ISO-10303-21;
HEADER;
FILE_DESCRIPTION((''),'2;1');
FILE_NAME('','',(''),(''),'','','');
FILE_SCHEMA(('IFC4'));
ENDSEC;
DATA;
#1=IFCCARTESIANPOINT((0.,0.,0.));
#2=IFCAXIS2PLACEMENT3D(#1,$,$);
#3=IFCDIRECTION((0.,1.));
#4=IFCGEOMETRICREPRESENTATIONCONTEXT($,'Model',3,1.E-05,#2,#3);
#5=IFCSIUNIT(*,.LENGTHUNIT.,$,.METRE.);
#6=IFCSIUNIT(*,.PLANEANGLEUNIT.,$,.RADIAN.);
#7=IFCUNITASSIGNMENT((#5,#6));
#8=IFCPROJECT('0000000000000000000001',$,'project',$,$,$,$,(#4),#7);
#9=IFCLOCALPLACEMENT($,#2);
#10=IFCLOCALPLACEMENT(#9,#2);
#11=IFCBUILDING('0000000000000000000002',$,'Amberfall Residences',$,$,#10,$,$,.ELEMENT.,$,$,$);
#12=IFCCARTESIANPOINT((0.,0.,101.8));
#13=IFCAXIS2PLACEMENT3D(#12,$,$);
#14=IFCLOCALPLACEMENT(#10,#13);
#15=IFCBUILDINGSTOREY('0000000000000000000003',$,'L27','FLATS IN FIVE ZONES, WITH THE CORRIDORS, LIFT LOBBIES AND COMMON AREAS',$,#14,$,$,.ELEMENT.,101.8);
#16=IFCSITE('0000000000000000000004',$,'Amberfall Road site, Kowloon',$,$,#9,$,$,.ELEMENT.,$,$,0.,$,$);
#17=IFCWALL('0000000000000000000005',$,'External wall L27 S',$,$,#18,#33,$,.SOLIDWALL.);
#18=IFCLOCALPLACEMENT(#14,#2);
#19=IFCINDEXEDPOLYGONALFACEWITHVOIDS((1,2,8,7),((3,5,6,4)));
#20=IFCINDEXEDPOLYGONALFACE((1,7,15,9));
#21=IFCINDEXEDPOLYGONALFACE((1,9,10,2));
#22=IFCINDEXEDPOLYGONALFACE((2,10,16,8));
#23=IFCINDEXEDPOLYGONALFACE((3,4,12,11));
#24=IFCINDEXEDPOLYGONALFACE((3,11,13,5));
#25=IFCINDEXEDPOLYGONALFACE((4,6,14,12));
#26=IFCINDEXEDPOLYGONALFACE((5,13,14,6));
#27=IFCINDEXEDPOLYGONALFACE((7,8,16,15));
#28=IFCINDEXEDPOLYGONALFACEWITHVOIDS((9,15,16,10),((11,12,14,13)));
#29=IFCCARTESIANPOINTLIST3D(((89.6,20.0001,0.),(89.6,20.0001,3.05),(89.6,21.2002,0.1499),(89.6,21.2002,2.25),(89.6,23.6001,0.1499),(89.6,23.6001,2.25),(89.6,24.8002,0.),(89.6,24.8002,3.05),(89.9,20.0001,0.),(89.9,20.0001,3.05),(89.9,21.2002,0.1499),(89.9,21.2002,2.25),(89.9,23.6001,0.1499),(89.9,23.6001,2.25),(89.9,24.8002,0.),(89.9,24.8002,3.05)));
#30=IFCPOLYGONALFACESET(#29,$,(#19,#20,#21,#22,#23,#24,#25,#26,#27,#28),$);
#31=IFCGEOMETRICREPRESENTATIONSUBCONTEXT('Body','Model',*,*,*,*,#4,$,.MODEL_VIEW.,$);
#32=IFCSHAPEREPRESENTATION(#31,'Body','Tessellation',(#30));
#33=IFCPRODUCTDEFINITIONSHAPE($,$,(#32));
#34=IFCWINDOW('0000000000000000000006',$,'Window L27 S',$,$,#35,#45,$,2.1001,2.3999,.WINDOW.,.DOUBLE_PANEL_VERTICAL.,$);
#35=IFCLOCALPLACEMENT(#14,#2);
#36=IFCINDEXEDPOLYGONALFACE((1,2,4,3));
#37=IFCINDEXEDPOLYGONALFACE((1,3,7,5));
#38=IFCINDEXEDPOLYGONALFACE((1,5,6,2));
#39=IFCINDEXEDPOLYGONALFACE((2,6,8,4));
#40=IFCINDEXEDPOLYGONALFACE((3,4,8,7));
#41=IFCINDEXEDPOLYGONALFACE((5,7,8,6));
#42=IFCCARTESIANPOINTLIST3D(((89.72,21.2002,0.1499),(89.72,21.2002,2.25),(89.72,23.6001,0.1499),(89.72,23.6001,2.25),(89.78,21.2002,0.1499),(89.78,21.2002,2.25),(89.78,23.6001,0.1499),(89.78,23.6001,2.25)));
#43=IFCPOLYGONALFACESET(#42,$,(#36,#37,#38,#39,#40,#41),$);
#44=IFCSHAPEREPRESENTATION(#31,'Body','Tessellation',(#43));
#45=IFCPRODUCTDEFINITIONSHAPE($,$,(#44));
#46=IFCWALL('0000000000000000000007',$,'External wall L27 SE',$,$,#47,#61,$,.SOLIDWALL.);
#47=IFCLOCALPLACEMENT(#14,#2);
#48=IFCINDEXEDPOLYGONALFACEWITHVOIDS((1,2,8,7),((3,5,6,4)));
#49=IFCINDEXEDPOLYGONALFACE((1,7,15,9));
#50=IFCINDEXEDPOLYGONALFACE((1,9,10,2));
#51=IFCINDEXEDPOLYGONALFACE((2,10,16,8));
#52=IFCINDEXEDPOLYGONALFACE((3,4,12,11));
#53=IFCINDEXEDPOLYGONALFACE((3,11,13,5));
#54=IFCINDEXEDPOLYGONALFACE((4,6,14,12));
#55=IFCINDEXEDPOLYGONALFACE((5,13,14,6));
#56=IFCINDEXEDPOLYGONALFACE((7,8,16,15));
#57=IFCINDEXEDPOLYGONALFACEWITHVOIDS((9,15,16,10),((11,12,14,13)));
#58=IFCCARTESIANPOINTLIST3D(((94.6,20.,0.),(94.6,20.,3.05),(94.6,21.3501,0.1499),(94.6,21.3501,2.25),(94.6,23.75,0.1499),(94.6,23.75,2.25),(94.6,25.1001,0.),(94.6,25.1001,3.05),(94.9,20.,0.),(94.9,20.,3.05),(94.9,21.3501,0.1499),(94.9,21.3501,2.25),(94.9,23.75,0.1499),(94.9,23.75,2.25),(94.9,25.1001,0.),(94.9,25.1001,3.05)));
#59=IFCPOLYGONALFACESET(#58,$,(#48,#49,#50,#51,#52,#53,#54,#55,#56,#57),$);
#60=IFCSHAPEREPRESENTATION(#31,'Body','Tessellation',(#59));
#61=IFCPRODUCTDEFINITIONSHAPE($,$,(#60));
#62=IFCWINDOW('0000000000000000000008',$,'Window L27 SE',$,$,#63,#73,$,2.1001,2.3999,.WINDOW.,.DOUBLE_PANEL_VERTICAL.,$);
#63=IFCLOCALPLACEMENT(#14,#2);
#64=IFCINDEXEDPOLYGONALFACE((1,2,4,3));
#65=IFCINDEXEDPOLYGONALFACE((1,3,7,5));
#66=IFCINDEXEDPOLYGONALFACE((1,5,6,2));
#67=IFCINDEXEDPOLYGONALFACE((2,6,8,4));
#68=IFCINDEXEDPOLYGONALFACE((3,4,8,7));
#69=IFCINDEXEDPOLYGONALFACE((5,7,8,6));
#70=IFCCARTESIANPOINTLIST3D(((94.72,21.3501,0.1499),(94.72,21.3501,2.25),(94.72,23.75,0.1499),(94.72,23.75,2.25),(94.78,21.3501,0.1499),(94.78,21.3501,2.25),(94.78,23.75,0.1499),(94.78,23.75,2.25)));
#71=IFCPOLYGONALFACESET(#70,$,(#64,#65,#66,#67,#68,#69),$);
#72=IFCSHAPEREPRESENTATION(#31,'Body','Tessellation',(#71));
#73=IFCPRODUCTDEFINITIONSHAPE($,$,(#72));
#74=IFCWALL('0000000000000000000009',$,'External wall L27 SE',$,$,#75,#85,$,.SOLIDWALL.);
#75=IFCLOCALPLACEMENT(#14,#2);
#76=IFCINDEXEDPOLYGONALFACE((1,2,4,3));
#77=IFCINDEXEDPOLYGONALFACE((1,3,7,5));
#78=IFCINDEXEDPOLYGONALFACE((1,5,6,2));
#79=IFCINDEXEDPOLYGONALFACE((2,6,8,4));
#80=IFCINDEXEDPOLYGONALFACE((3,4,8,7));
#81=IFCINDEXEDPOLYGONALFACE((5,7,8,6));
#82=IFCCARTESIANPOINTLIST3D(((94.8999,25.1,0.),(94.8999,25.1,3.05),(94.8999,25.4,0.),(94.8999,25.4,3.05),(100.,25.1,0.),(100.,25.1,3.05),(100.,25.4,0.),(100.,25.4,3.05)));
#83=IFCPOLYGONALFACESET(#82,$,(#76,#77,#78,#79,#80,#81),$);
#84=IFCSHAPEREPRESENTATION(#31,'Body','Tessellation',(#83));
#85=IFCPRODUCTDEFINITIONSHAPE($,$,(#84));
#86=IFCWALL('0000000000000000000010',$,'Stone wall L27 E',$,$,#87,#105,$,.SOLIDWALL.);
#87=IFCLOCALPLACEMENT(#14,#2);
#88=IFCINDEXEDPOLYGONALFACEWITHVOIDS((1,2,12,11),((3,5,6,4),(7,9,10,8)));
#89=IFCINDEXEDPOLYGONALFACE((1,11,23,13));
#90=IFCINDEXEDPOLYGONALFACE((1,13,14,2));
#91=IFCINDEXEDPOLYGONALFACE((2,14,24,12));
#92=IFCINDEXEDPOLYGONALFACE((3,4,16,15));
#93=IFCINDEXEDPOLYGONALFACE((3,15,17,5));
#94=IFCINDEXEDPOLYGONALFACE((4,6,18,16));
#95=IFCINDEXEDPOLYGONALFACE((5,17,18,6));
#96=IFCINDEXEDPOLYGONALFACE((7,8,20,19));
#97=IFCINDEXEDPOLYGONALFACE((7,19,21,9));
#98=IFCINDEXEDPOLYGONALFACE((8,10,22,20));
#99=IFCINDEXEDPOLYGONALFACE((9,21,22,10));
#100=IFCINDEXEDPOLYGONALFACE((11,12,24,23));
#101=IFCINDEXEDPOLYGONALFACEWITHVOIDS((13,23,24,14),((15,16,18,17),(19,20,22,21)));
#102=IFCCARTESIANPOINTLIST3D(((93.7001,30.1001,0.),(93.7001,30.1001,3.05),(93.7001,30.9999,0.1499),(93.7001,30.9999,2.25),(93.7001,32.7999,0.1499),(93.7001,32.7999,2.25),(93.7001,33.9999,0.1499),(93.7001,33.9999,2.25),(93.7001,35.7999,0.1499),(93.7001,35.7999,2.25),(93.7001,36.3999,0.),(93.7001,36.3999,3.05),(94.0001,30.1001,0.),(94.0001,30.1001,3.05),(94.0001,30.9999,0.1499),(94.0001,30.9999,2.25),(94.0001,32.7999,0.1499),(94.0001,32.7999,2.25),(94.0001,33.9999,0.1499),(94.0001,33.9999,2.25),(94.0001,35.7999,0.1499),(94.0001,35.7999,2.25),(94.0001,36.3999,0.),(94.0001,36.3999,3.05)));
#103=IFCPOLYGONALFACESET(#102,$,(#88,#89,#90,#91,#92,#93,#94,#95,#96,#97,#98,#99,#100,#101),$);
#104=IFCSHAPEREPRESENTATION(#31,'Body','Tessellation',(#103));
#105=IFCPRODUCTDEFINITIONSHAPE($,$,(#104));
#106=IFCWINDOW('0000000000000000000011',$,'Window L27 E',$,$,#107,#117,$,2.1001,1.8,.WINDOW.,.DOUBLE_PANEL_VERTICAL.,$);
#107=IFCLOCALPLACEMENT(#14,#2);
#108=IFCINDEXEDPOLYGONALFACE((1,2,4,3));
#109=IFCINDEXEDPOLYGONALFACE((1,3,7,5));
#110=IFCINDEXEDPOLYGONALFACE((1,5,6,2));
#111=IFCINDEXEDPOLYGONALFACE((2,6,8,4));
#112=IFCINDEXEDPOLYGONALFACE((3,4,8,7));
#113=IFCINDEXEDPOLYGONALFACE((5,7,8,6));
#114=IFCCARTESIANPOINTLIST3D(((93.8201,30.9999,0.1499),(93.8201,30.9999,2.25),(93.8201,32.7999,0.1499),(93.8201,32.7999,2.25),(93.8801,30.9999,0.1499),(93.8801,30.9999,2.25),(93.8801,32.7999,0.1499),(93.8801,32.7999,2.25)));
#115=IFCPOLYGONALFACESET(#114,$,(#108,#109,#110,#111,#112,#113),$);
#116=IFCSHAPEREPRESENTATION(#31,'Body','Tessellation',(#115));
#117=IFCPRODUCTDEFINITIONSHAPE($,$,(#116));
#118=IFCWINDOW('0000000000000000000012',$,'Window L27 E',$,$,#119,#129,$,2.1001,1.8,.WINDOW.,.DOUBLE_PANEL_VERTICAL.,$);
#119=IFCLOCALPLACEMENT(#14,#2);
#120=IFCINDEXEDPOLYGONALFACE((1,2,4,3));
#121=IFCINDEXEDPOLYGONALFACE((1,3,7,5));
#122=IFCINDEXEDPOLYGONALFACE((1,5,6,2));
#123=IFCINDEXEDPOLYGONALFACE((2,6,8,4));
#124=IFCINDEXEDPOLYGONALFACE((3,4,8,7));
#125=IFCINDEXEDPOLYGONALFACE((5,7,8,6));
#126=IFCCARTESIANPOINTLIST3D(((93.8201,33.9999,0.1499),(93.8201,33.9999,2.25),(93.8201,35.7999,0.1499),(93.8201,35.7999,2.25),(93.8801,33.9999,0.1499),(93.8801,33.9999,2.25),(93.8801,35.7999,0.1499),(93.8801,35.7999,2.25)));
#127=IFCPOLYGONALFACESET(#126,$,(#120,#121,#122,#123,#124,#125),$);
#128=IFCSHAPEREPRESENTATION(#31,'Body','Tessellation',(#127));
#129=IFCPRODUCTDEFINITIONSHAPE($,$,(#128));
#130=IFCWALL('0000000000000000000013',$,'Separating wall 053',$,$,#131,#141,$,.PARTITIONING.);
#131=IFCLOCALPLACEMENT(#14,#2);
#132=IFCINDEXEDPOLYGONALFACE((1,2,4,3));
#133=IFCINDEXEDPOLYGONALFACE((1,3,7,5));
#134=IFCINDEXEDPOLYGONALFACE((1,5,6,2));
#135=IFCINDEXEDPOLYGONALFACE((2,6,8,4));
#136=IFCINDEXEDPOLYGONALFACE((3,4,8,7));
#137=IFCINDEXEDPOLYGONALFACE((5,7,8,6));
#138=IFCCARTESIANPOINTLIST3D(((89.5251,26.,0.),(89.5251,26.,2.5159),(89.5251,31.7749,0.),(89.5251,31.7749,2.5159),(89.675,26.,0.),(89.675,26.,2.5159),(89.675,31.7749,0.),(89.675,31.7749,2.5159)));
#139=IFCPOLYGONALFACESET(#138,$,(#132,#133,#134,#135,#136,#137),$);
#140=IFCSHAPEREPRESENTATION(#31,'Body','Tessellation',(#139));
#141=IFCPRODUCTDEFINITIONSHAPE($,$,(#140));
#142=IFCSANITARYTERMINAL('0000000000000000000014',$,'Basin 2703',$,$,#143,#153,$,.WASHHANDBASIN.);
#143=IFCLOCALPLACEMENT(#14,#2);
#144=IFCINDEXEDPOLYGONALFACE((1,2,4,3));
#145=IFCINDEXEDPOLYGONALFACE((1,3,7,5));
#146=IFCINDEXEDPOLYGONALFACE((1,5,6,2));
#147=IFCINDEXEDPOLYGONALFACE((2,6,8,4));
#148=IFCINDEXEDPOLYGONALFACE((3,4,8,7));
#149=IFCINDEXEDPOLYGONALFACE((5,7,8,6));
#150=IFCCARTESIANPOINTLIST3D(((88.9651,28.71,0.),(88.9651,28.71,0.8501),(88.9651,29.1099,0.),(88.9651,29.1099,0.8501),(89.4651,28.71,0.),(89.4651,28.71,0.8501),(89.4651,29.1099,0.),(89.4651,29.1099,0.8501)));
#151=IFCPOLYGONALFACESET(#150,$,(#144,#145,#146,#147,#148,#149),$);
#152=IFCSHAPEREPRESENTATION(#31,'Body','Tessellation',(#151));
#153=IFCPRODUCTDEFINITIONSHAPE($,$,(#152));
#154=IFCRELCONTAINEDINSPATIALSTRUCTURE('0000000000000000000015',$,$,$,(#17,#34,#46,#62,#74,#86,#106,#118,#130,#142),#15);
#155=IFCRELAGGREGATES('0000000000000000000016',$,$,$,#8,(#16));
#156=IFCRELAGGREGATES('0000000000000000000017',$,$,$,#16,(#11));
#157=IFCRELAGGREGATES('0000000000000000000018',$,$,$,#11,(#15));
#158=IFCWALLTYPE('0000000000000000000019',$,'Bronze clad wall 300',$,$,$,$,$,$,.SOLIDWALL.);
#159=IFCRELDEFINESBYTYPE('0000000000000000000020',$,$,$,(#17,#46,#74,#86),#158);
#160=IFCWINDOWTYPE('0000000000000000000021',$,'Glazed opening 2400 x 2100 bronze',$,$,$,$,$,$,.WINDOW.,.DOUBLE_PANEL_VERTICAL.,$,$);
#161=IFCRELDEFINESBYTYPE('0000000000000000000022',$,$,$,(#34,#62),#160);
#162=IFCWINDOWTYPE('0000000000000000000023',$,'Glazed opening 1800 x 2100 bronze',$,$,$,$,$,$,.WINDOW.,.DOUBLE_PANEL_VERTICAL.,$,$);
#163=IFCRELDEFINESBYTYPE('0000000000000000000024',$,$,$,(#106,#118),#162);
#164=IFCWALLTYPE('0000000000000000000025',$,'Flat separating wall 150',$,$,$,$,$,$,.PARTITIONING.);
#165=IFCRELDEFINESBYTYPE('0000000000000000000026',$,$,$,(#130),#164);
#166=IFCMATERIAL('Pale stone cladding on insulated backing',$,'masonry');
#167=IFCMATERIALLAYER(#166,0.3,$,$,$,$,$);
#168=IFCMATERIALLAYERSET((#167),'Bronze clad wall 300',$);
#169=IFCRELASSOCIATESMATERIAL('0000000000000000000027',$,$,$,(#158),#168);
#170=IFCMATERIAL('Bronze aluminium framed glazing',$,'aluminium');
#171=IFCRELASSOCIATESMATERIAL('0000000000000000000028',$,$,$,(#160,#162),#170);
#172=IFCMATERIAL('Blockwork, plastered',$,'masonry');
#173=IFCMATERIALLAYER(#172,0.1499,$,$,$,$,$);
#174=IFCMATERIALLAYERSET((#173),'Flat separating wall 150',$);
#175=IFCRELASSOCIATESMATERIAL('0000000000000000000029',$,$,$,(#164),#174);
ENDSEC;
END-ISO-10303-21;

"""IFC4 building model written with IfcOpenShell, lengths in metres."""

from ifc_helpers import new_model, si_unit, direction, frame, frame_2d, origin, origin_2d, place, context, subcontext, project, spatial, rectangle, extrude, material, layer, layer_set, type_object, element, fill, save


model = new_model("IFC4")

# Units and contexts
model_context = context("Model", 3, precision=1e-05, world=origin(), true_north=direction((0.0, 1.0)))
body_context = subcontext(model_context, "Body", "Model", "MODEL_VIEW")
ifc_project = project(units=[si_unit("LENGTHUNIT", "METRE"), si_unit("PLANEANGLEUNIT", "RADIAN")], contexts=[model_context])

# Site, building, storey
site_placement = place(None, origin())
site = spatial("IfcSite", under=ifc_project, at=site_placement, Name="Amberfall Road site, Kowloon", CompositionType="ELEMENT", RefElevation=0.0)
building_placement = place(site_placement, origin())
building = spatial("IfcBuilding", under=site, at=building_placement, Name="Amberfall Residences", CompositionType="ELEMENT")
storey_placement = place(building_placement, frame((0.0, 0.0, 101.8)))
storey = spatial("IfcBuildingStorey", under=building, at=storey_placement, Name="L27", Description="FLATS IN FIVE ZONES, WITH THE CORRIDORS, LIFT LOBBIES AND COMMON AREAS", CompositionType="ELEMENT", Elevation=101.8)

# Walls, openings, windows
ifc_material_1 = material(Name="Pale stone cladding on insulated backing", Category="masonry")
ifc_layer_1 = layer(ifc_material_1, 0.3)
ifc_layer_set_1 = layer_set([ifc_layer_1], Name="Bronze clad wall 300")
wall_type_1 = type_object("IfcWallType", Name="Bronze clad wall 300", PredefinedType="SOLIDWALL", material=ifc_layer_set_1)
wall_1_placement = place(storey_placement, frame((89.75, 24.8, 0.0), z_axis=(0.0, 0.0, 1.0), x_axis=(0.0, -1.0, 0.0)))
wall_1 = element("IfcWall", 1, at=wall_1_placement, inside=storey, type_object=wall_type_1, Name="External wall L27 S", PredefinedType="SOLIDWALL", context=body_context, shape_type="SweptSolid", body=[
    extrude(rectangle(XDim=4.8, YDim=0.3, at=frame_2d((2.3999, 0.0))), origin(), (0.0, 0.0, 1.0), 3.05),
])
opening_1_placement = place(wall_1_placement, frame((1.2, 0.0, 0.1499)))
opening_1 = element("IfcOpeningElement", 2, at=opening_1_placement, cuts=wall_1, PredefinedType="OPENING", context=body_context, shape_type="SweptSolid", body=[
    extrude(rectangle(XDim=2.3999, YDim=2.1001, at=frame_2d((1.2, 1.05))), frame((0.0, 0.1599, 0.0), z_axis=(0.0, -1.0, 0.0), x_axis=(1.0, 0.0, 0.0)), (0.0, 0.0, 1.0), 0.3201),
])
ifc_material_2 = material(Name="Bronze aluminium framed glazing", Category="aluminium")
window_type_1 = type_object("IfcWindowType", Name="Glazed opening 2400 x 2100 bronze", PartitioningType="DOUBLE_PANEL_VERTICAL", PredefinedType="WINDOW", material=ifc_material_2)
window_1_placement = place(opening_1_placement, origin())
window_1 = element("IfcWindow", 3, at=window_1_placement, inside=storey, type_object=window_type_1, Name="Window L27 S", OverallHeight=2.1001, OverallWidth=2.3999, PartitioningType="DOUBLE_PANEL_VERTICAL", PredefinedType="WINDOW", context=body_context, shape_type="SweptSolid", body=[
    extrude(rectangle(XDim=2.3999, YDim=2.1001, at=frame_2d((1.2, 1.05))), frame((0.0, 0.03, 0.0), z_axis=(0.0, -1.0, 0.0), x_axis=(1.0, 0.0, 0.0)), (0.0, 0.0, 1.0), 0.0601),
])
fill(opening_1, window_1)
wall_2_placement = place(storey_placement, frame((94.75, 20.0, 0.0), z_axis=(0.0, 0.0, 1.0), x_axis=(0.0, 1.0, 0.0)))
wall_2 = element("IfcWall", 4, at=wall_2_placement, inside=storey, type_object=wall_type_1, Name="External wall L27 SE", PredefinedType="SOLIDWALL", context=body_context, shape_type="SweptSolid", body=[
    extrude(rectangle(XDim=5.1001, YDim=0.3, at=frame_2d((2.55, 0.0))), origin(), (0.0, 0.0, 1.0), 3.05),
])
opening_2_placement = place(wall_2_placement, frame((1.3501, 0.0, 0.1499)))
opening_2 = element("IfcOpeningElement", 5, at=opening_2_placement, cuts=wall_2, PredefinedType="OPENING", context=body_context, shape_type="SweptSolid", body=[
    extrude(rectangle(XDim=2.3999, YDim=2.1001, at=frame_2d((1.2, 1.05))), frame((0.0, 0.1599, 0.0), z_axis=(0.0, -1.0, 0.0), x_axis=(1.0, 0.0, 0.0)), (0.0, 0.0, 1.0), 0.3201),
])
window_2_placement = place(opening_2_placement, origin())
window_2 = element("IfcWindow", 6, at=window_2_placement, inside=storey, type_object=window_type_1, Name="Window L27 SE", OverallHeight=2.1001, OverallWidth=2.3999, PartitioningType="DOUBLE_PANEL_VERTICAL", PredefinedType="WINDOW", context=body_context, shape_type="SweptSolid", body=[
    extrude(rectangle(XDim=2.3999, YDim=2.1001, at=frame_2d((1.2, 1.05))), frame((0.0, 0.03, 0.0), z_axis=(0.0, -1.0, 0.0), x_axis=(1.0, 0.0, 0.0)), (0.0, 0.0, 1.0), 0.0601),
])
fill(opening_2, window_2)

# Wall
wall_3_placement = place(storey_placement, frame((94.8999, 25.25, 0.0), z_axis=(0.0, 0.0, 1.0), x_axis=(1.0, 0.0, 0.0)))
element("IfcWall", 7, at=wall_3_placement, inside=storey, type_object=wall_type_1, Name="External wall L27 SE", PredefinedType="SOLIDWALL", context=body_context, shape_type="SweptSolid", body=[
    extrude(rectangle(XDim=5.1001, YDim=0.3, at=frame_2d((2.55, 0.0))), origin(), (0.0, 0.0, 1.0), 3.05),
])

# Wall, openings, windows
wall_4_placement = place(storey_placement, frame((93.8501, 30.1001, 0.0), z_axis=(0.0, 0.0, 1.0), x_axis=(0.0, 1.0, 0.0)))
wall_4 = element("IfcWall", 8, at=wall_4_placement, inside=storey, type_object=wall_type_1, Name="Stone wall L27 E", PredefinedType="SOLIDWALL", context=body_context, shape_type="SweptSolid", body=[
    extrude(rectangle(XDim=6.2998, YDim=0.3, at=frame_2d((3.1499, 0.0))), origin(), (0.0, 0.0, 1.0), 3.05),
])
opening_3_placement = place(wall_4_placement, frame((0.8999, 0.0, 0.1499)))
opening_3 = element("IfcOpeningElement", 9, at=opening_3_placement, cuts=wall_4, PredefinedType="OPENING", context=body_context, shape_type="SweptSolid", body=[
    extrude(rectangle(XDim=1.8, YDim=2.1001, at=frame_2d((0.8999, 1.05))), frame((0.0, 0.1599, 0.0), z_axis=(0.0, -1.0, 0.0), x_axis=(1.0, 0.0, 0.0)), (0.0, 0.0, 1.0), 0.3201),
])
opening_4_placement = place(wall_4_placement, frame((3.8999, 0.0, 0.1499)))
opening_4 = element("IfcOpeningElement", 10, at=opening_4_placement, cuts=wall_4, PredefinedType="OPENING", context=body_context, shape_type="SweptSolid", body=[
    extrude(rectangle(XDim=1.8, YDim=2.1001, at=frame_2d((0.8999, 1.05))), frame((0.0, 0.1599, 0.0), z_axis=(0.0, -1.0, 0.0), x_axis=(1.0, 0.0, 0.0)), (0.0, 0.0, 1.0), 0.3201),
])
window_type_2 = type_object("IfcWindowType", Name="Glazed opening 1800 x 2100 bronze", PartitioningType="DOUBLE_PANEL_VERTICAL", PredefinedType="WINDOW", material=ifc_material_2)
window_3_placement = place(opening_3_placement, origin())
window_3 = element("IfcWindow", 11, at=window_3_placement, inside=storey, type_object=window_type_2, Name="Window L27 E", OverallHeight=2.1001, OverallWidth=1.8, PartitioningType="DOUBLE_PANEL_VERTICAL", PredefinedType="WINDOW", context=body_context, shape_type="SweptSolid", body=[
    extrude(rectangle(XDim=1.8, YDim=2.1001, at=frame_2d((0.8999, 1.05))), frame((0.0, 0.03, 0.0), z_axis=(0.0, -1.0, 0.0), x_axis=(1.0, 0.0, 0.0)), (0.0, 0.0, 1.0), 0.0601),
])
fill(opening_3, window_3)
window_4_placement = place(opening_4_placement, origin())
window_4 = element("IfcWindow", 12, at=window_4_placement, inside=storey, type_object=window_type_2, Name="Window L27 E", OverallHeight=2.1001, OverallWidth=1.8, PartitioningType="DOUBLE_PANEL_VERTICAL", PredefinedType="WINDOW", context=body_context, shape_type="SweptSolid", body=[
    extrude(rectangle(XDim=1.8, YDim=2.1001, at=frame_2d((0.8999, 1.05))), frame((0.0, 0.03, 0.0), z_axis=(0.0, -1.0, 0.0), x_axis=(1.0, 0.0, 0.0)), (0.0, 0.0, 1.0), 0.0601),
])
fill(opening_4, window_4)

# Wall
ifc_material_3 = material(Name="Blockwork, plastered", Category="masonry")
ifc_layer_2 = layer(ifc_material_3, 0.1499)
ifc_layer_set_2 = layer_set([ifc_layer_2], Name="Flat separating wall 150")
wall_type_2 = type_object("IfcWallType", Name="Flat separating wall 150", PredefinedType="PARTITIONING", material=ifc_layer_set_2)
wall_5_placement = place(storey_placement, frame((89.6001, 26.0, 0.0), z_axis=(0.0, 0.0, 1.0), x_axis=(0.0, 1.0, 0.0)))
element("IfcWall", 13, at=wall_5_placement, inside=storey, type_object=wall_type_2, Name="Separating wall 053", PredefinedType="PARTITIONING", context=body_context, shape_type="SweptSolid", body=[
    extrude(rectangle(XDim=5.7749, YDim=0.1499, at=frame_2d((2.8875, 0.0))), origin(), (0.0, 0.0, 1.0), 2.5159),
])

# Sanitary terminal
sanitary_terminal_placement = place(storey_placement, frame((89.2151, 28.9099, 0.0), z_axis=(0.0, 0.0, 1.0), x_axis=(1.0, 0.0, 0.0)))
element("IfcSanitaryTerminal", 14, at=sanitary_terminal_placement, inside=storey, Name="Basin 2703", PredefinedType="WASHHANDBASIN", context=body_context, shape_type="SweptSolid", body=[
    extrude(rectangle(XDim=0.5, YDim=0.3999, at=origin_2d()), origin(), (0.0, 0.0, 1.0), 0.8501),
])

save(model, "model.ifc")
